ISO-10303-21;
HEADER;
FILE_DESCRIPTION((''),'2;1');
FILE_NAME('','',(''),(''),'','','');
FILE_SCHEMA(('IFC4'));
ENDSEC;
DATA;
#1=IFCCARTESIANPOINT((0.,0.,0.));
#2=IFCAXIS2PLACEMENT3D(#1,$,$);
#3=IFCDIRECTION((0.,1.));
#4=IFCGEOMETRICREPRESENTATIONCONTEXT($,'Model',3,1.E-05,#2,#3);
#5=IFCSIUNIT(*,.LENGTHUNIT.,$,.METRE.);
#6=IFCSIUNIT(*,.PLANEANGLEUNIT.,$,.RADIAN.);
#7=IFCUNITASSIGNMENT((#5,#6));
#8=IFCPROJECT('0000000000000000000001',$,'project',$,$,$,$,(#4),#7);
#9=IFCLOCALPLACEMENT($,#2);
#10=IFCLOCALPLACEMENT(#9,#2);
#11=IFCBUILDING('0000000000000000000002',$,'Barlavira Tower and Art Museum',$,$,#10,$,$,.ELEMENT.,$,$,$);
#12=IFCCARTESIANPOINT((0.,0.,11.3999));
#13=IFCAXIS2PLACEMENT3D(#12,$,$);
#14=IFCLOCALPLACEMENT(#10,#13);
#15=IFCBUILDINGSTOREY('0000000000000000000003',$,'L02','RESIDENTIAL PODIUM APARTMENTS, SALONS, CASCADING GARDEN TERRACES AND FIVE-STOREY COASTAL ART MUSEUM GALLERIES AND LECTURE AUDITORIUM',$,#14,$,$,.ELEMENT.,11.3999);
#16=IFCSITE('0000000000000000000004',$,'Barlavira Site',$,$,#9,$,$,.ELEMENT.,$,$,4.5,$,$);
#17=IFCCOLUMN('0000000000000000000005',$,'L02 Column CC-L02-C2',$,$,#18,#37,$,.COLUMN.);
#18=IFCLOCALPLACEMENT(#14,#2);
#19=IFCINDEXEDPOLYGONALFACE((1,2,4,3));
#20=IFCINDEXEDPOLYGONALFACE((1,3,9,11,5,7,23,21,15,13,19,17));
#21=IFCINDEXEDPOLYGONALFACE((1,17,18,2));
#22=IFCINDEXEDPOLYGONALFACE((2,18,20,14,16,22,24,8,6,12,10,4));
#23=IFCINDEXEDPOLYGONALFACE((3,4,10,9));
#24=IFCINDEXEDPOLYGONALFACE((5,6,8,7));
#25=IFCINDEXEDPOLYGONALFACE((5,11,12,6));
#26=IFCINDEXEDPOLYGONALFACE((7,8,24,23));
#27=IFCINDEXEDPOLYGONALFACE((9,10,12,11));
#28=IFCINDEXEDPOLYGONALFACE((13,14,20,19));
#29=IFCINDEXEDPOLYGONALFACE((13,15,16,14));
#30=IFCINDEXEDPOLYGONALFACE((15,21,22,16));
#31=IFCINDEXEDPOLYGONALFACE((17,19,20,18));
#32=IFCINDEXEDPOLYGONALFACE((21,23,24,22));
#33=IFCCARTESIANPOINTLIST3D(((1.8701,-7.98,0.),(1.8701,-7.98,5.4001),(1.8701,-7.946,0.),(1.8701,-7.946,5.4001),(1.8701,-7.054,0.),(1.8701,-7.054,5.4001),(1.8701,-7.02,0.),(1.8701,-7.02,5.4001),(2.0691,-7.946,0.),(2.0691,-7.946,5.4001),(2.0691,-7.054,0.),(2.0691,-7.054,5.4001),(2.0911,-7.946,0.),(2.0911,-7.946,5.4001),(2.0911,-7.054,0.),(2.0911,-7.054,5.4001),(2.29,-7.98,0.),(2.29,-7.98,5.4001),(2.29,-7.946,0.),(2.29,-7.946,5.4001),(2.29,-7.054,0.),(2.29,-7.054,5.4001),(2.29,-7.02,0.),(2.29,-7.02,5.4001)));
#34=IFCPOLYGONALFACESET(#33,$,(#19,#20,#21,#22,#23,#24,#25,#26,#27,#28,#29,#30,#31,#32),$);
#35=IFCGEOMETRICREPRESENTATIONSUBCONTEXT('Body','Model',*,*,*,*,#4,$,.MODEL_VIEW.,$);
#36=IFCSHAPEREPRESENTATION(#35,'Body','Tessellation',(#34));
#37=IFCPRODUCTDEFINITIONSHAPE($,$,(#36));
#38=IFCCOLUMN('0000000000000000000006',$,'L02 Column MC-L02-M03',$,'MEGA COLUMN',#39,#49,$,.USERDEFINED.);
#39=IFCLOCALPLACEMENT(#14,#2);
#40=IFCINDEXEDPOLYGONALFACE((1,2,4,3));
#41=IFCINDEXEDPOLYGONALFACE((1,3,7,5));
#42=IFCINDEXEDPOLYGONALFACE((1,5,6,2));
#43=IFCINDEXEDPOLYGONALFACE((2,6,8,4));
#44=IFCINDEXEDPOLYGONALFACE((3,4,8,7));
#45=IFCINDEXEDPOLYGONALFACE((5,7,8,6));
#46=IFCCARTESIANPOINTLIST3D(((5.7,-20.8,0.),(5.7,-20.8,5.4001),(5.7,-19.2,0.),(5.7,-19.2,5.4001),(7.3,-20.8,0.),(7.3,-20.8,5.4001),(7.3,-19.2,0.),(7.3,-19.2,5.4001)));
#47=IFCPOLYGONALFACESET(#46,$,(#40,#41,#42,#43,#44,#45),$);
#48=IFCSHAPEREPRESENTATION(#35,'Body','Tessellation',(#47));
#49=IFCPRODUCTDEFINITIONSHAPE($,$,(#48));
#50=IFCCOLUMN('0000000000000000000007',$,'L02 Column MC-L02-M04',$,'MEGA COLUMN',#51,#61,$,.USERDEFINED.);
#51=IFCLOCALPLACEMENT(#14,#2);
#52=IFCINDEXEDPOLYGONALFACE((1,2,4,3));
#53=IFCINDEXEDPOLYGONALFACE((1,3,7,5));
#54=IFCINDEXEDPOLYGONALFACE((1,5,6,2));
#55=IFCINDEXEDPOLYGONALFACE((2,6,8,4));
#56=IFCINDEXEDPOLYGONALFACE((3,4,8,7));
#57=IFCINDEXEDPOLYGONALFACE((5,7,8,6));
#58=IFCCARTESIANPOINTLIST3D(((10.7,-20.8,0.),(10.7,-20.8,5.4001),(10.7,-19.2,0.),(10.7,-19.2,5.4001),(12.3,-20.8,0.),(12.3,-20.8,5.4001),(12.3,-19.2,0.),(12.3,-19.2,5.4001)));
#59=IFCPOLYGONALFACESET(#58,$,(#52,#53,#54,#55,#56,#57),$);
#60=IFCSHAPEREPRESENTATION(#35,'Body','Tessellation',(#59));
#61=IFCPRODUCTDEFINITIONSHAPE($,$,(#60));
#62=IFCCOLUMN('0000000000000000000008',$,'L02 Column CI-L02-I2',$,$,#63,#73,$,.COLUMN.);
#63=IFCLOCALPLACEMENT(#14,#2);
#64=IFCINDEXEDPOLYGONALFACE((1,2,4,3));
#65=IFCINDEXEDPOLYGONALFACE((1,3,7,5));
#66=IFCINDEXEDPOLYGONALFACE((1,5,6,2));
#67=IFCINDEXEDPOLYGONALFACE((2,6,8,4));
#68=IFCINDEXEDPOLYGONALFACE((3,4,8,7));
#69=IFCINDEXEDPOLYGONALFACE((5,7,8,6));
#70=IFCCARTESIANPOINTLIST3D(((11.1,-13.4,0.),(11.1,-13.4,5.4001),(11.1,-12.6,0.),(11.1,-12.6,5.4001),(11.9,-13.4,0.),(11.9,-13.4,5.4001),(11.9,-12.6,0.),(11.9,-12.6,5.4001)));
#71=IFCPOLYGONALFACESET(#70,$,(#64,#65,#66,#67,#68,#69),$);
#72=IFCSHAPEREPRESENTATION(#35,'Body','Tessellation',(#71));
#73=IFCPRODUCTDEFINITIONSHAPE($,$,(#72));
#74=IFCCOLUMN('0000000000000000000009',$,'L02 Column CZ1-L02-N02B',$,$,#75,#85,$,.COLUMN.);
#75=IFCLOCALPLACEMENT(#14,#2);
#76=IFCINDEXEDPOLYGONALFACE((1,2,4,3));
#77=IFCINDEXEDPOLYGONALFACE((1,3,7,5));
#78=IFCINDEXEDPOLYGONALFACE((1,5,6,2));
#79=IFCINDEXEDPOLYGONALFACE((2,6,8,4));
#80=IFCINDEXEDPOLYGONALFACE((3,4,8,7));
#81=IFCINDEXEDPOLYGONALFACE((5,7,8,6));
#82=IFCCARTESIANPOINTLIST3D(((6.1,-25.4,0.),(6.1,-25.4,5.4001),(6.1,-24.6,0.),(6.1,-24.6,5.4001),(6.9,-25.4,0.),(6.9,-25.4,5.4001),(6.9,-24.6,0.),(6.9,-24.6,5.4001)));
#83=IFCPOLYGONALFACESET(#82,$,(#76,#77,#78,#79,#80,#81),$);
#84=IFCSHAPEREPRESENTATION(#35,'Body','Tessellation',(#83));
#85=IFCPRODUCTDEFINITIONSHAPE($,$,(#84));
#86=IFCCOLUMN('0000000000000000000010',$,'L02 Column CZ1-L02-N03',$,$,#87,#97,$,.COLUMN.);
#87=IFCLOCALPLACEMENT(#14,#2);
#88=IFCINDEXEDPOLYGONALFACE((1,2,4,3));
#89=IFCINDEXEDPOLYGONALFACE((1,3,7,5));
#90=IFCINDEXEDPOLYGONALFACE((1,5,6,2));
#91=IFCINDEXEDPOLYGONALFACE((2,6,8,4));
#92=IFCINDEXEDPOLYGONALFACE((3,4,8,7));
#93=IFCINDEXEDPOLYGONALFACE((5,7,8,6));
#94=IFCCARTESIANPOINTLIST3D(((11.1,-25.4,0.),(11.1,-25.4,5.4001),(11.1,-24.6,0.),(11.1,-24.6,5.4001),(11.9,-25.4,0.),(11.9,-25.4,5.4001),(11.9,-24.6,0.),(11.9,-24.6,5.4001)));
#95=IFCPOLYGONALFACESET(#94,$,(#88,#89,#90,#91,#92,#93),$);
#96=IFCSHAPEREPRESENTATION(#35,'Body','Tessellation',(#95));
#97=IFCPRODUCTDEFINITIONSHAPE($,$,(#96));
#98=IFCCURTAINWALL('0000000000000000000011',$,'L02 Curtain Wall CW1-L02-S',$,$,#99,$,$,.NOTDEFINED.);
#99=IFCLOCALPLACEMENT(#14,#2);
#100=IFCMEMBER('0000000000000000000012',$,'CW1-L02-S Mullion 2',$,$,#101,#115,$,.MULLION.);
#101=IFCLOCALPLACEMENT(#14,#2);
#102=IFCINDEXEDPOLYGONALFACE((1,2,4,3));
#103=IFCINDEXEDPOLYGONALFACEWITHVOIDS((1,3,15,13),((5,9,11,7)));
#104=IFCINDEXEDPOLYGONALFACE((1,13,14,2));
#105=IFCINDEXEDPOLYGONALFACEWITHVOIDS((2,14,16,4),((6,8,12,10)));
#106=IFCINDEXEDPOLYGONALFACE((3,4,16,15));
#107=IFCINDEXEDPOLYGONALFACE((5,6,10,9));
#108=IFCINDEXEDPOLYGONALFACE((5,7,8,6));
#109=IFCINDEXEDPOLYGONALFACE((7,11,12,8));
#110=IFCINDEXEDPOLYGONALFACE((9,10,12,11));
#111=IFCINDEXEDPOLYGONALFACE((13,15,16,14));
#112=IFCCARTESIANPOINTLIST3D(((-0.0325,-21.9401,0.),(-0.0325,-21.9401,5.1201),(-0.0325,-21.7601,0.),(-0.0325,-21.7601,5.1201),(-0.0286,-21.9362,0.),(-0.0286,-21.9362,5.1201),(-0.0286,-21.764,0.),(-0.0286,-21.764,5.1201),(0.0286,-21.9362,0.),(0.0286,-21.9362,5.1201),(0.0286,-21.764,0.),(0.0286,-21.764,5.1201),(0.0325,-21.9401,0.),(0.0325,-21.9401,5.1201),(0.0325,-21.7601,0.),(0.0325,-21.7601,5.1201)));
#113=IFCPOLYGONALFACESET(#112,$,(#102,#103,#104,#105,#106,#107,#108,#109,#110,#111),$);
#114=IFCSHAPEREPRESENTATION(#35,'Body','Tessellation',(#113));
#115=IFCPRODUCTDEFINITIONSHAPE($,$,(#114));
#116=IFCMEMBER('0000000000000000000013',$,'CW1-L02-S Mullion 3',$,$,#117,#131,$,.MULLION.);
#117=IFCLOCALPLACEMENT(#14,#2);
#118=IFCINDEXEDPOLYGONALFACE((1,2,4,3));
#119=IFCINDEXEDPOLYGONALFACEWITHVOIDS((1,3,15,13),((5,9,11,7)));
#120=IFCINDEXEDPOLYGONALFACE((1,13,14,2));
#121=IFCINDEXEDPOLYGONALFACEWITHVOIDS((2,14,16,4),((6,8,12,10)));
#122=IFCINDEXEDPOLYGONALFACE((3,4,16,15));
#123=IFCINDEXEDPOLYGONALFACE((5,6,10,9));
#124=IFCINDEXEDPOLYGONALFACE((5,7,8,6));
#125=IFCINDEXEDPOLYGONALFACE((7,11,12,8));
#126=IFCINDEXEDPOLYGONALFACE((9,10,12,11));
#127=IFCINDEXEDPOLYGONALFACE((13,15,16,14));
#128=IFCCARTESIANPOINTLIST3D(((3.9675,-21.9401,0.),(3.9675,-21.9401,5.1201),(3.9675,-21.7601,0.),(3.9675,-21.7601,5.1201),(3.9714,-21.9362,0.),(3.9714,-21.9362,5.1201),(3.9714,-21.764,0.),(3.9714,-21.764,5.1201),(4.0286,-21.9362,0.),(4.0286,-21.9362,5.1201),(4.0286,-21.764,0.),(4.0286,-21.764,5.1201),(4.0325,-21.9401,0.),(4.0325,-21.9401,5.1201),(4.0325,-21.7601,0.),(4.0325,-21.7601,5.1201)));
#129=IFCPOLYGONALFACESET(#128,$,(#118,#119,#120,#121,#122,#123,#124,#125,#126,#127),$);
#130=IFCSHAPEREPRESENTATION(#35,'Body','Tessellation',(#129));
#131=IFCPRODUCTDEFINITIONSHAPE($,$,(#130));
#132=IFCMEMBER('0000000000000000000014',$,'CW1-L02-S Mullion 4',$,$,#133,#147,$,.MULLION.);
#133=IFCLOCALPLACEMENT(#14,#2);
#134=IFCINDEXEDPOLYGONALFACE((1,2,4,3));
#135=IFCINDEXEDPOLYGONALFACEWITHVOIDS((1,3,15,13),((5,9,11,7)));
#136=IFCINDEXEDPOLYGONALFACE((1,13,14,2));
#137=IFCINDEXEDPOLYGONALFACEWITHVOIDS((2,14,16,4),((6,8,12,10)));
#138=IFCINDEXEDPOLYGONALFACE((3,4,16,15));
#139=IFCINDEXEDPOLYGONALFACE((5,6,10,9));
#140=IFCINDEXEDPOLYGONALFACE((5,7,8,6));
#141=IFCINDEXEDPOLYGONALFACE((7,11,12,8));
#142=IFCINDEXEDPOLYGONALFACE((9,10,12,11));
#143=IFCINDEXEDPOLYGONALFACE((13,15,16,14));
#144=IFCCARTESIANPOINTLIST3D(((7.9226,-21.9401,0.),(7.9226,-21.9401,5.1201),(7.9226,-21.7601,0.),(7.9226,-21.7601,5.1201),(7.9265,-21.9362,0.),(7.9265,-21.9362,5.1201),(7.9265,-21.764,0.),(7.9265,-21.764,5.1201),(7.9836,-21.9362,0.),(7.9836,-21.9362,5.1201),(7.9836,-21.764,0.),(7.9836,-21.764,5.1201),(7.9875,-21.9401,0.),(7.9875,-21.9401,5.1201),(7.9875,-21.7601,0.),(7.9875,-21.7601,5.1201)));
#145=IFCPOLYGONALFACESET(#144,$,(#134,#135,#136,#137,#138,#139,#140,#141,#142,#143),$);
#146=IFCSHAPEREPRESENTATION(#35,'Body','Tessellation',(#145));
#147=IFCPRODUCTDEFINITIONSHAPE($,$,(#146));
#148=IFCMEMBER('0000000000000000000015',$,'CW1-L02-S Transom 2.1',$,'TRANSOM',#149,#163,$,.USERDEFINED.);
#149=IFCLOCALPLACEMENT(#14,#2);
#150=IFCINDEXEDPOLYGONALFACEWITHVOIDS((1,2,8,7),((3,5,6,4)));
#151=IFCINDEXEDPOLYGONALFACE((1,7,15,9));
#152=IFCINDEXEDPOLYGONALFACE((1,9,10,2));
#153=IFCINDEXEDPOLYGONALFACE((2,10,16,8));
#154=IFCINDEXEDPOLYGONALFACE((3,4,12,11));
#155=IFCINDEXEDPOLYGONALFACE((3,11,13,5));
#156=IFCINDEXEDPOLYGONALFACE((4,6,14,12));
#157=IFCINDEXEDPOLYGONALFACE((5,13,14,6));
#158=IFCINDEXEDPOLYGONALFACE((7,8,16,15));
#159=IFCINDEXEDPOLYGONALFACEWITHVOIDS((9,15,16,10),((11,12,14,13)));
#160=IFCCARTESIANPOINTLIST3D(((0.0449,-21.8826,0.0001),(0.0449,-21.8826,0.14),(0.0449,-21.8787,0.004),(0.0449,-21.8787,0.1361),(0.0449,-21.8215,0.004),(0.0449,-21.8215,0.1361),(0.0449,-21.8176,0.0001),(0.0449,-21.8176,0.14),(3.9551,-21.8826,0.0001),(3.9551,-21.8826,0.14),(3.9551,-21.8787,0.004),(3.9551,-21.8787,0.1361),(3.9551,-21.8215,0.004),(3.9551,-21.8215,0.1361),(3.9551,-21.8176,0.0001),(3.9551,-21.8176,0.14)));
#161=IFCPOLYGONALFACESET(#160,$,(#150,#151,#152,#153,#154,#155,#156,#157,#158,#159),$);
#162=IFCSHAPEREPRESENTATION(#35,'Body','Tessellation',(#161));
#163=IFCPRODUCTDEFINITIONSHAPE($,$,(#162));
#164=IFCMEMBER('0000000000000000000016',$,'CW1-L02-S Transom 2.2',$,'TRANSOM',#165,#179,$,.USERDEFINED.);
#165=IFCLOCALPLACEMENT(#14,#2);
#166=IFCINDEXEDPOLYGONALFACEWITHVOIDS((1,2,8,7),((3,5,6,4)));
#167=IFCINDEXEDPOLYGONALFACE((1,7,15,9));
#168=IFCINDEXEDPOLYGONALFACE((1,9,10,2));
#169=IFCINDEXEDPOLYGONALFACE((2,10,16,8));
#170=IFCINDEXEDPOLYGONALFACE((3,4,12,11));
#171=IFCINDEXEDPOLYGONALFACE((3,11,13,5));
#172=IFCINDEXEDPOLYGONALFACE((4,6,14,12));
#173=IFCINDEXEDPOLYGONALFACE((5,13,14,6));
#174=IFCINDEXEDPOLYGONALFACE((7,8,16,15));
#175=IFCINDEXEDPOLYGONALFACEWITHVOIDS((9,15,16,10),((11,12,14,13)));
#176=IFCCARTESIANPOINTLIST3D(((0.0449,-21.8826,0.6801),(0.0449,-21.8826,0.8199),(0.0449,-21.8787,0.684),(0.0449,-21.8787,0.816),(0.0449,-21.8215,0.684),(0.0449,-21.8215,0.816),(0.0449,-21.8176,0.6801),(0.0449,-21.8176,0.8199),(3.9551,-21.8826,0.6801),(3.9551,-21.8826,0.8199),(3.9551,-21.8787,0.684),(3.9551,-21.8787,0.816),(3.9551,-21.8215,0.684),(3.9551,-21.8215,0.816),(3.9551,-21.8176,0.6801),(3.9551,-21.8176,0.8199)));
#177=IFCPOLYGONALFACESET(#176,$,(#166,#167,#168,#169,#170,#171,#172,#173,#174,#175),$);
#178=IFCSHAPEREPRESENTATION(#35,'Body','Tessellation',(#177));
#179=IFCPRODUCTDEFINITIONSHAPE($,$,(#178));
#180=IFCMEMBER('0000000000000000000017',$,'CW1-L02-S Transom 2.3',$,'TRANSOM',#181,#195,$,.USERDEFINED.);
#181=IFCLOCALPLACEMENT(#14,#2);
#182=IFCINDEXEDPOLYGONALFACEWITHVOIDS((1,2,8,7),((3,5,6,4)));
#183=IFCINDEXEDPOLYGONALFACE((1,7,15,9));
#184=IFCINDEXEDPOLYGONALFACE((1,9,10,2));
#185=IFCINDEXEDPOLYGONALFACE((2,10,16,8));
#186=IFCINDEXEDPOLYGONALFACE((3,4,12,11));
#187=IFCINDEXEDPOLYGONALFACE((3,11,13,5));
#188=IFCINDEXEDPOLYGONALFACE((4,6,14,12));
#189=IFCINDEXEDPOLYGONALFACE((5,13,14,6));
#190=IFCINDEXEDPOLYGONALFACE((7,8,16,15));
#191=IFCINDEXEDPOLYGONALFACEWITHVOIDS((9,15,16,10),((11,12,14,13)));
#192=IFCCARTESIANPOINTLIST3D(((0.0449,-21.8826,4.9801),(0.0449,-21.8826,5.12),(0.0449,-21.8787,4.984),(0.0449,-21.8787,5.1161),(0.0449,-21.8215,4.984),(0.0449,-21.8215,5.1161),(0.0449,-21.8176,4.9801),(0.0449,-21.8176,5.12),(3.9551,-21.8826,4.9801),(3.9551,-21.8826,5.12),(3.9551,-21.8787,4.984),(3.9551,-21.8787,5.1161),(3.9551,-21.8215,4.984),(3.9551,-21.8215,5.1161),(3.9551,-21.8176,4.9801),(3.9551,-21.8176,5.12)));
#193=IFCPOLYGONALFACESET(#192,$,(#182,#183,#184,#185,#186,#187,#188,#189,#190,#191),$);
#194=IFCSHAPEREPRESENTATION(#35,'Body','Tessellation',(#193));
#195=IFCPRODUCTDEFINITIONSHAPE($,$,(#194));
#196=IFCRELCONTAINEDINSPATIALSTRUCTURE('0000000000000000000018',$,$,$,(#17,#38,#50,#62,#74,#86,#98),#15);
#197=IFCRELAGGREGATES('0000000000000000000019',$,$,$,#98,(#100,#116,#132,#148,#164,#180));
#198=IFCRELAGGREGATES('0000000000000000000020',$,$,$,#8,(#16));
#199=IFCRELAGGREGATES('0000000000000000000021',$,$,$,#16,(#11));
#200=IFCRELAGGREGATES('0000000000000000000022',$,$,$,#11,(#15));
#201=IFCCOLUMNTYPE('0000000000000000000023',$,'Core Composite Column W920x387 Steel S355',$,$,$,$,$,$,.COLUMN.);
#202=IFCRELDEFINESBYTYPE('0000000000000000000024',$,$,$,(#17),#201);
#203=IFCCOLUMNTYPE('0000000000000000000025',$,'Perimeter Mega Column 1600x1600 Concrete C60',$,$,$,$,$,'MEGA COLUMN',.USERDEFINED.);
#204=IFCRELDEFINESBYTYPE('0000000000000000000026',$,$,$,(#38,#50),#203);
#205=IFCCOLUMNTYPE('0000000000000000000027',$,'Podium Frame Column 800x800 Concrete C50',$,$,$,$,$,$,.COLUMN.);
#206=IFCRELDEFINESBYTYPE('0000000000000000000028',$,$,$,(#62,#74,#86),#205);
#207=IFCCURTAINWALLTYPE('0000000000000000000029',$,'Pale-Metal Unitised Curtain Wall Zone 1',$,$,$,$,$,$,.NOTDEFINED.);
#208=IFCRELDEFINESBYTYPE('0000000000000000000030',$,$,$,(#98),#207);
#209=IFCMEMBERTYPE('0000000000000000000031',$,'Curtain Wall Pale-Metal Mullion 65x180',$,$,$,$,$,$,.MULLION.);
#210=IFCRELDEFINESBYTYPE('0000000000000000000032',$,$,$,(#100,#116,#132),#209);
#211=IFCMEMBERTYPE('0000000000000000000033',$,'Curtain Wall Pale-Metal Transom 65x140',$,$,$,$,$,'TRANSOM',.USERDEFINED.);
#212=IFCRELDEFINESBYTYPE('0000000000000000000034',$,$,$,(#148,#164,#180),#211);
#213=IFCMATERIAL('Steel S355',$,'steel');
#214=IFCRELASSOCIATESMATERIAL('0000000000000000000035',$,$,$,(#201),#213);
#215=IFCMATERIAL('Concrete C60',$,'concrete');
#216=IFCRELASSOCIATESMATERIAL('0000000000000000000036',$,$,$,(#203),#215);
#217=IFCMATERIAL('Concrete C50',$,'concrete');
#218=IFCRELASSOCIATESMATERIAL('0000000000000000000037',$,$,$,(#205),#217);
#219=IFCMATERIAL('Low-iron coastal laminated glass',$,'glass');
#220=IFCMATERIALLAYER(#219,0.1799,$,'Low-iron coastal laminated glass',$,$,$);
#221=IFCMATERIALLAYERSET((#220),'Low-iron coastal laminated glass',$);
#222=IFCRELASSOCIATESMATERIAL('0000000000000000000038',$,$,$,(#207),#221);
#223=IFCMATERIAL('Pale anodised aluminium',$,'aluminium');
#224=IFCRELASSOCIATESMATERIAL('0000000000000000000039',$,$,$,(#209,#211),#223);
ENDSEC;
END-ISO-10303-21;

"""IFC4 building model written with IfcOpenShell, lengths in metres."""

from ifc_helpers import new_model, si_unit, direction, frame, origin, origin_2d, place, context, subcontext, project, spatial, rectangle, hollow_rectangle, i_section, extrude, material, layer, layer_set, material_profile, profile_set, type_object, element, aggregate, save


model = new_model("IFC4")

# Units and contexts
model_context = context("Model", 3, precision=1e-05, world=origin(), true_north=direction((0.0, 1.0)))
body_context = subcontext(model_context, "Body", "Model", "MODEL_VIEW")
ifc_project = project(units=[si_unit("LENGTHUNIT", "METRE"), si_unit("PLANEANGLEUNIT", "RADIAN")], contexts=[model_context])

# Site, building, storey
site_placement = place(None, origin())
site = spatial("IfcSite", under=ifc_project, at=site_placement, Name="Barlavira Site", CompositionType="ELEMENT", RefElevation=4.5)
building_placement = place(site_placement, origin())
building = spatial("IfcBuilding", under=site, at=building_placement, Name="Barlavira Tower and Art Museum", CompositionType="ELEMENT")
storey_placement = place(building_placement, frame((0.0, 0.0, 11.3999)))
storey = spatial("IfcBuildingStorey", under=building, at=storey_placement, Name="L02", Description="RESIDENTIAL PODIUM APARTMENTS, SALONS, CASCADING GARDEN TERRACES AND FIVE-STOREY COASTAL ART MUSEUM GALLERIES AND LECTURE AUDITORIUM", CompositionType="ELEMENT", Elevation=11.3999)

# Columns
ifc_material_1 = material(Name="Steel S355", Category="steel")
ifc_material_profile_1 = material_profile(ifc_material_1, i_section(OverallWidth=0.4199, OverallDepth=0.96, WebThickness=0.022, FlangeThickness=0.0339, at=origin_2d()), Name="W920x387.0")
ifc_profile_set_1 = profile_set([ifc_material_profile_1], Name="Steel S355")
column_type_1 = type_object("IfcColumnType", Name="Core Composite Column W920x387 Steel S355", PredefinedType="COLUMN", material=ifc_profile_set_1)
column_placement = place(storey_placement, frame((2.0801, -7.5, 0.0), z_axis=(0.0, 0.0, 1.0), x_axis=(1.0, 0.0, 0.0)))
element("IfcColumn", 1, at=column_placement, inside=storey, type_object=column_type_1, Name="L02 Column CC-L02-C2", PredefinedType="COLUMN", context=body_context, shape_type="SweptSolid", body=[
    extrude(i_section(OverallWidth=0.4199, OverallDepth=0.96, WebThickness=0.022, FlangeThickness=0.0339, at=origin_2d()), origin(), (0.0, 0.0, 1.0), 5.4001),
])
ifc_material_2 = material(Name="Concrete C60", Category="concrete")
ifc_material_profile_2 = material_profile(ifc_material_2, rectangle(XDim=1.6001, YDim=1.6001, at=origin_2d()), Name="RC-MCOL 1600x1600")
ifc_profile_set_2 = profile_set([ifc_material_profile_2], Name="Concrete C60")
column_type_2 = type_object("IfcColumnType", Name="Perimeter Mega Column 1600x1600 Concrete C60", ElementType="MEGA COLUMN", PredefinedType="USERDEFINED", material=ifc_profile_set_2)
for number, where, z_axis, x_axis, name in (
    (2, (6.5, -20.0, 0.0), (0.0, 0.0, 1.0), (1.0, 0.0, 0.0), "L02 Column MC-L02-M03"),
    (3, (11.5, -20.0, 0.0), (0.0, 0.0, 1.0), (1.0, 0.0, 0.0), "L02 Column MC-L02-M04"),
):
    element("IfcColumn", number, at=place(storey_placement, frame(where, z_axis=z_axis, x_axis=x_axis)), inside=storey, type_object=column_type_2, Name=name, ObjectType="MEGA COLUMN", PredefinedType="USERDEFINED", context=body_context, shape_type="SweptSolid", body=[
        extrude(rectangle(XDim=1.6001, YDim=1.6001, at=origin_2d()), origin(), (0.0, 0.0, 1.0), 5.4001),
    ])
ifc_material_3 = material(Name="Concrete C50", Category="concrete")
ifc_material_profile_3 = material_profile(ifc_material_3, rectangle(XDim=0.8, YDim=0.8, at=origin_2d()), Name="RC-COL 800x800")
ifc_profile_set_3 = profile_set([ifc_material_profile_3], Name="Concrete C50")
column_type_3 = type_object("IfcColumnType", Name="Podium Frame Column 800x800 Concrete C50", PredefinedType="COLUMN", material=ifc_profile_set_3)
for number, where, z_axis, x_axis, name in (
    (4, (11.5, -13.0, 0.0), (0.0, 0.0, 1.0), (1.0, 0.0, 0.0), "L02 Column CI-L02-I2"),
    (5, (6.5, -25.0, 0.0), (0.0, 0.0, 1.0), (1.0, 0.0, 0.0), "L02 Column CZ1-L02-N02B"),
    (6, (11.5, -25.0, 0.0), (0.0, 0.0, 1.0), (1.0, 0.0, 0.0), "L02 Column CZ1-L02-N03"),
):
    element("IfcColumn", number, at=place(storey_placement, frame(where, z_axis=z_axis, x_axis=x_axis)), inside=storey, type_object=column_type_3, Name=name, PredefinedType="COLUMN", context=body_context, shape_type="SweptSolid", body=[
        extrude(rectangle(XDim=0.8, YDim=0.8, at=origin_2d()), origin(), (0.0, 0.0, 1.0), 5.4001),
    ])

# Curtain wall, members
ifc_material_4 = material(Name="Low-iron coastal laminated glass", Category="glass")
ifc_layer_1 = layer(ifc_material_4, 0.1799, Name="Low-iron coastal laminated glass")
ifc_layer_set_1 = layer_set([ifc_layer_1], Name="Low-iron coastal laminated glass")
curtain_wall_type = type_object("IfcCurtainWallType", Name="Pale-Metal Unitised Curtain Wall Zone 1", PredefinedType="NOTDEFINED", material=ifc_layer_set_1)
curtain_wall_placement = place(storey_placement, origin())
curtain_wall = element("IfcCurtainWall", 7, at=curtain_wall_placement, inside=storey, type_object=curtain_wall_type, Name="L02 Curtain Wall CW1-L02-S", PredefinedType="NOTDEFINED")
ifc_material_5 = material(Name="Pale anodised aluminium", Category="aluminium")
ifc_material_profile_4 = material_profile(ifc_material_5, hollow_rectangle(XDim=0.0649, YDim=0.1799, WallThickness=0.0039, at=origin_2d()), Name="ALU-MULL 65x180x4")
ifc_profile_set_4 = profile_set([ifc_material_profile_4], Name="Pale anodised aluminium")
member_type_1 = type_object("IfcMemberType", Name="Curtain Wall Pale-Metal Mullion 65x180", PredefinedType="MULLION", material=ifc_profile_set_4)
member_1_placement = place(storey_placement, frame((0.0, -21.8501, 0.0), z_axis=(0.0, 0.0, 1.0), x_axis=(1.0, 0.0, 0.0)))
member_1 = element("IfcMember", 8, at=member_1_placement, type_object=member_type_1, Name="CW1-L02-S Mullion 2", PredefinedType="MULLION", context=body_context, shape_type="SweptSolid", body=[
    extrude(hollow_rectangle(XDim=0.0649, YDim=0.1799, WallThickness=0.0039, at=origin_2d()), origin(), (0.0, 0.0, 1.0), 5.1201),
])
member_2_placement = place(storey_placement, frame((4.0, -21.8501, 0.0), z_axis=(0.0, 0.0, 1.0), x_axis=(1.0, 0.0, 0.0)))
member_2 = element("IfcMember", 9, at=member_2_placement, type_object=member_type_1, Name="CW1-L02-S Mullion 3", PredefinedType="MULLION", context=body_context, shape_type="SweptSolid", body=[
    extrude(hollow_rectangle(XDim=0.0649, YDim=0.1799, WallThickness=0.0039, at=origin_2d()), origin(), (0.0, 0.0, 1.0), 5.1201),
])
member_3_placement = place(storey_placement, frame((7.9551, -21.8501, 0.0), z_axis=(0.0, 0.0, 1.0), x_axis=(1.0, 0.0, 0.0)))
member_3 = element("IfcMember", 10, at=member_3_placement, type_object=member_type_1, Name="CW1-L02-S Mullion 4", PredefinedType="MULLION", context=body_context, shape_type="SweptSolid", body=[
    extrude(hollow_rectangle(XDim=0.0649, YDim=0.1799, WallThickness=0.0039, at=origin_2d()), origin(), (0.0, 0.0, 1.0), 5.1201),
])
ifc_material_profile_5 = material_profile(ifc_material_5, hollow_rectangle(XDim=0.0649, YDim=0.1399, WallThickness=0.0039, at=origin_2d()), Name="ALU-TRAN 65x140x4")
ifc_profile_set_5 = profile_set([ifc_material_profile_5], Name="Pale anodised aluminium")
member_type_2 = type_object("IfcMemberType", Name="Curtain Wall Pale-Metal Transom 65x140", ElementType="TRANSOM", PredefinedType="USERDEFINED", material=ifc_profile_set_5)
member_4_placement = place(storey_placement, frame((0.0449, -21.8501, 0.0701), z_axis=(1.0, 0.0, 0.0), x_axis=(0.0, 1.0, 0.0)))
member_4 = element("IfcMember", 11, at=member_4_placement, type_object=member_type_2, Name="CW1-L02-S Transom 2.1", ObjectType="TRANSOM", PredefinedType="USERDEFINED", context=body_context, shape_type="SweptSolid", body=[
    extrude(hollow_rectangle(XDim=0.0649, YDim=0.1399, WallThickness=0.0039, at=origin_2d()), origin(), (0.0, 0.0, 1.0), 3.9102),
])
member_5_placement = place(storey_placement, frame((0.0449, -21.8501, 0.75), z_axis=(1.0, 0.0, 0.0), x_axis=(0.0, 1.0, 0.0)))
member_5 = element("IfcMember", 12, at=member_5_placement, type_object=member_type_2, Name="CW1-L02-S Transom 2.2", ObjectType="TRANSOM", PredefinedType="USERDEFINED", context=body_context, shape_type="SweptSolid", body=[
    extrude(hollow_rectangle(XDim=0.0649, YDim=0.1399, WallThickness=0.0039, at=origin_2d()), origin(), (0.0, 0.0, 1.0), 3.9102),
])
member_6_placement = place(storey_placement, frame((0.0449, -21.8501, 5.05), z_axis=(1.0, 0.0, 0.0), x_axis=(0.0, 1.0, 0.0)))
member_6 = element("IfcMember", 13, at=member_6_placement, type_object=member_type_2, Name="CW1-L02-S Transom 2.3", ObjectType="TRANSOM", PredefinedType="USERDEFINED", context=body_context, shape_type="SweptSolid", body=[
    extrude(hollow_rectangle(XDim=0.0649, YDim=0.1399, WallThickness=0.0039, at=origin_2d()), origin(), (0.0, 0.0, 1.0), 3.9102),
])

aggregate(curtain_wall, [member_1, member_2, member_3, member_4, member_5, member_6])

save(model, "model.ifc")
